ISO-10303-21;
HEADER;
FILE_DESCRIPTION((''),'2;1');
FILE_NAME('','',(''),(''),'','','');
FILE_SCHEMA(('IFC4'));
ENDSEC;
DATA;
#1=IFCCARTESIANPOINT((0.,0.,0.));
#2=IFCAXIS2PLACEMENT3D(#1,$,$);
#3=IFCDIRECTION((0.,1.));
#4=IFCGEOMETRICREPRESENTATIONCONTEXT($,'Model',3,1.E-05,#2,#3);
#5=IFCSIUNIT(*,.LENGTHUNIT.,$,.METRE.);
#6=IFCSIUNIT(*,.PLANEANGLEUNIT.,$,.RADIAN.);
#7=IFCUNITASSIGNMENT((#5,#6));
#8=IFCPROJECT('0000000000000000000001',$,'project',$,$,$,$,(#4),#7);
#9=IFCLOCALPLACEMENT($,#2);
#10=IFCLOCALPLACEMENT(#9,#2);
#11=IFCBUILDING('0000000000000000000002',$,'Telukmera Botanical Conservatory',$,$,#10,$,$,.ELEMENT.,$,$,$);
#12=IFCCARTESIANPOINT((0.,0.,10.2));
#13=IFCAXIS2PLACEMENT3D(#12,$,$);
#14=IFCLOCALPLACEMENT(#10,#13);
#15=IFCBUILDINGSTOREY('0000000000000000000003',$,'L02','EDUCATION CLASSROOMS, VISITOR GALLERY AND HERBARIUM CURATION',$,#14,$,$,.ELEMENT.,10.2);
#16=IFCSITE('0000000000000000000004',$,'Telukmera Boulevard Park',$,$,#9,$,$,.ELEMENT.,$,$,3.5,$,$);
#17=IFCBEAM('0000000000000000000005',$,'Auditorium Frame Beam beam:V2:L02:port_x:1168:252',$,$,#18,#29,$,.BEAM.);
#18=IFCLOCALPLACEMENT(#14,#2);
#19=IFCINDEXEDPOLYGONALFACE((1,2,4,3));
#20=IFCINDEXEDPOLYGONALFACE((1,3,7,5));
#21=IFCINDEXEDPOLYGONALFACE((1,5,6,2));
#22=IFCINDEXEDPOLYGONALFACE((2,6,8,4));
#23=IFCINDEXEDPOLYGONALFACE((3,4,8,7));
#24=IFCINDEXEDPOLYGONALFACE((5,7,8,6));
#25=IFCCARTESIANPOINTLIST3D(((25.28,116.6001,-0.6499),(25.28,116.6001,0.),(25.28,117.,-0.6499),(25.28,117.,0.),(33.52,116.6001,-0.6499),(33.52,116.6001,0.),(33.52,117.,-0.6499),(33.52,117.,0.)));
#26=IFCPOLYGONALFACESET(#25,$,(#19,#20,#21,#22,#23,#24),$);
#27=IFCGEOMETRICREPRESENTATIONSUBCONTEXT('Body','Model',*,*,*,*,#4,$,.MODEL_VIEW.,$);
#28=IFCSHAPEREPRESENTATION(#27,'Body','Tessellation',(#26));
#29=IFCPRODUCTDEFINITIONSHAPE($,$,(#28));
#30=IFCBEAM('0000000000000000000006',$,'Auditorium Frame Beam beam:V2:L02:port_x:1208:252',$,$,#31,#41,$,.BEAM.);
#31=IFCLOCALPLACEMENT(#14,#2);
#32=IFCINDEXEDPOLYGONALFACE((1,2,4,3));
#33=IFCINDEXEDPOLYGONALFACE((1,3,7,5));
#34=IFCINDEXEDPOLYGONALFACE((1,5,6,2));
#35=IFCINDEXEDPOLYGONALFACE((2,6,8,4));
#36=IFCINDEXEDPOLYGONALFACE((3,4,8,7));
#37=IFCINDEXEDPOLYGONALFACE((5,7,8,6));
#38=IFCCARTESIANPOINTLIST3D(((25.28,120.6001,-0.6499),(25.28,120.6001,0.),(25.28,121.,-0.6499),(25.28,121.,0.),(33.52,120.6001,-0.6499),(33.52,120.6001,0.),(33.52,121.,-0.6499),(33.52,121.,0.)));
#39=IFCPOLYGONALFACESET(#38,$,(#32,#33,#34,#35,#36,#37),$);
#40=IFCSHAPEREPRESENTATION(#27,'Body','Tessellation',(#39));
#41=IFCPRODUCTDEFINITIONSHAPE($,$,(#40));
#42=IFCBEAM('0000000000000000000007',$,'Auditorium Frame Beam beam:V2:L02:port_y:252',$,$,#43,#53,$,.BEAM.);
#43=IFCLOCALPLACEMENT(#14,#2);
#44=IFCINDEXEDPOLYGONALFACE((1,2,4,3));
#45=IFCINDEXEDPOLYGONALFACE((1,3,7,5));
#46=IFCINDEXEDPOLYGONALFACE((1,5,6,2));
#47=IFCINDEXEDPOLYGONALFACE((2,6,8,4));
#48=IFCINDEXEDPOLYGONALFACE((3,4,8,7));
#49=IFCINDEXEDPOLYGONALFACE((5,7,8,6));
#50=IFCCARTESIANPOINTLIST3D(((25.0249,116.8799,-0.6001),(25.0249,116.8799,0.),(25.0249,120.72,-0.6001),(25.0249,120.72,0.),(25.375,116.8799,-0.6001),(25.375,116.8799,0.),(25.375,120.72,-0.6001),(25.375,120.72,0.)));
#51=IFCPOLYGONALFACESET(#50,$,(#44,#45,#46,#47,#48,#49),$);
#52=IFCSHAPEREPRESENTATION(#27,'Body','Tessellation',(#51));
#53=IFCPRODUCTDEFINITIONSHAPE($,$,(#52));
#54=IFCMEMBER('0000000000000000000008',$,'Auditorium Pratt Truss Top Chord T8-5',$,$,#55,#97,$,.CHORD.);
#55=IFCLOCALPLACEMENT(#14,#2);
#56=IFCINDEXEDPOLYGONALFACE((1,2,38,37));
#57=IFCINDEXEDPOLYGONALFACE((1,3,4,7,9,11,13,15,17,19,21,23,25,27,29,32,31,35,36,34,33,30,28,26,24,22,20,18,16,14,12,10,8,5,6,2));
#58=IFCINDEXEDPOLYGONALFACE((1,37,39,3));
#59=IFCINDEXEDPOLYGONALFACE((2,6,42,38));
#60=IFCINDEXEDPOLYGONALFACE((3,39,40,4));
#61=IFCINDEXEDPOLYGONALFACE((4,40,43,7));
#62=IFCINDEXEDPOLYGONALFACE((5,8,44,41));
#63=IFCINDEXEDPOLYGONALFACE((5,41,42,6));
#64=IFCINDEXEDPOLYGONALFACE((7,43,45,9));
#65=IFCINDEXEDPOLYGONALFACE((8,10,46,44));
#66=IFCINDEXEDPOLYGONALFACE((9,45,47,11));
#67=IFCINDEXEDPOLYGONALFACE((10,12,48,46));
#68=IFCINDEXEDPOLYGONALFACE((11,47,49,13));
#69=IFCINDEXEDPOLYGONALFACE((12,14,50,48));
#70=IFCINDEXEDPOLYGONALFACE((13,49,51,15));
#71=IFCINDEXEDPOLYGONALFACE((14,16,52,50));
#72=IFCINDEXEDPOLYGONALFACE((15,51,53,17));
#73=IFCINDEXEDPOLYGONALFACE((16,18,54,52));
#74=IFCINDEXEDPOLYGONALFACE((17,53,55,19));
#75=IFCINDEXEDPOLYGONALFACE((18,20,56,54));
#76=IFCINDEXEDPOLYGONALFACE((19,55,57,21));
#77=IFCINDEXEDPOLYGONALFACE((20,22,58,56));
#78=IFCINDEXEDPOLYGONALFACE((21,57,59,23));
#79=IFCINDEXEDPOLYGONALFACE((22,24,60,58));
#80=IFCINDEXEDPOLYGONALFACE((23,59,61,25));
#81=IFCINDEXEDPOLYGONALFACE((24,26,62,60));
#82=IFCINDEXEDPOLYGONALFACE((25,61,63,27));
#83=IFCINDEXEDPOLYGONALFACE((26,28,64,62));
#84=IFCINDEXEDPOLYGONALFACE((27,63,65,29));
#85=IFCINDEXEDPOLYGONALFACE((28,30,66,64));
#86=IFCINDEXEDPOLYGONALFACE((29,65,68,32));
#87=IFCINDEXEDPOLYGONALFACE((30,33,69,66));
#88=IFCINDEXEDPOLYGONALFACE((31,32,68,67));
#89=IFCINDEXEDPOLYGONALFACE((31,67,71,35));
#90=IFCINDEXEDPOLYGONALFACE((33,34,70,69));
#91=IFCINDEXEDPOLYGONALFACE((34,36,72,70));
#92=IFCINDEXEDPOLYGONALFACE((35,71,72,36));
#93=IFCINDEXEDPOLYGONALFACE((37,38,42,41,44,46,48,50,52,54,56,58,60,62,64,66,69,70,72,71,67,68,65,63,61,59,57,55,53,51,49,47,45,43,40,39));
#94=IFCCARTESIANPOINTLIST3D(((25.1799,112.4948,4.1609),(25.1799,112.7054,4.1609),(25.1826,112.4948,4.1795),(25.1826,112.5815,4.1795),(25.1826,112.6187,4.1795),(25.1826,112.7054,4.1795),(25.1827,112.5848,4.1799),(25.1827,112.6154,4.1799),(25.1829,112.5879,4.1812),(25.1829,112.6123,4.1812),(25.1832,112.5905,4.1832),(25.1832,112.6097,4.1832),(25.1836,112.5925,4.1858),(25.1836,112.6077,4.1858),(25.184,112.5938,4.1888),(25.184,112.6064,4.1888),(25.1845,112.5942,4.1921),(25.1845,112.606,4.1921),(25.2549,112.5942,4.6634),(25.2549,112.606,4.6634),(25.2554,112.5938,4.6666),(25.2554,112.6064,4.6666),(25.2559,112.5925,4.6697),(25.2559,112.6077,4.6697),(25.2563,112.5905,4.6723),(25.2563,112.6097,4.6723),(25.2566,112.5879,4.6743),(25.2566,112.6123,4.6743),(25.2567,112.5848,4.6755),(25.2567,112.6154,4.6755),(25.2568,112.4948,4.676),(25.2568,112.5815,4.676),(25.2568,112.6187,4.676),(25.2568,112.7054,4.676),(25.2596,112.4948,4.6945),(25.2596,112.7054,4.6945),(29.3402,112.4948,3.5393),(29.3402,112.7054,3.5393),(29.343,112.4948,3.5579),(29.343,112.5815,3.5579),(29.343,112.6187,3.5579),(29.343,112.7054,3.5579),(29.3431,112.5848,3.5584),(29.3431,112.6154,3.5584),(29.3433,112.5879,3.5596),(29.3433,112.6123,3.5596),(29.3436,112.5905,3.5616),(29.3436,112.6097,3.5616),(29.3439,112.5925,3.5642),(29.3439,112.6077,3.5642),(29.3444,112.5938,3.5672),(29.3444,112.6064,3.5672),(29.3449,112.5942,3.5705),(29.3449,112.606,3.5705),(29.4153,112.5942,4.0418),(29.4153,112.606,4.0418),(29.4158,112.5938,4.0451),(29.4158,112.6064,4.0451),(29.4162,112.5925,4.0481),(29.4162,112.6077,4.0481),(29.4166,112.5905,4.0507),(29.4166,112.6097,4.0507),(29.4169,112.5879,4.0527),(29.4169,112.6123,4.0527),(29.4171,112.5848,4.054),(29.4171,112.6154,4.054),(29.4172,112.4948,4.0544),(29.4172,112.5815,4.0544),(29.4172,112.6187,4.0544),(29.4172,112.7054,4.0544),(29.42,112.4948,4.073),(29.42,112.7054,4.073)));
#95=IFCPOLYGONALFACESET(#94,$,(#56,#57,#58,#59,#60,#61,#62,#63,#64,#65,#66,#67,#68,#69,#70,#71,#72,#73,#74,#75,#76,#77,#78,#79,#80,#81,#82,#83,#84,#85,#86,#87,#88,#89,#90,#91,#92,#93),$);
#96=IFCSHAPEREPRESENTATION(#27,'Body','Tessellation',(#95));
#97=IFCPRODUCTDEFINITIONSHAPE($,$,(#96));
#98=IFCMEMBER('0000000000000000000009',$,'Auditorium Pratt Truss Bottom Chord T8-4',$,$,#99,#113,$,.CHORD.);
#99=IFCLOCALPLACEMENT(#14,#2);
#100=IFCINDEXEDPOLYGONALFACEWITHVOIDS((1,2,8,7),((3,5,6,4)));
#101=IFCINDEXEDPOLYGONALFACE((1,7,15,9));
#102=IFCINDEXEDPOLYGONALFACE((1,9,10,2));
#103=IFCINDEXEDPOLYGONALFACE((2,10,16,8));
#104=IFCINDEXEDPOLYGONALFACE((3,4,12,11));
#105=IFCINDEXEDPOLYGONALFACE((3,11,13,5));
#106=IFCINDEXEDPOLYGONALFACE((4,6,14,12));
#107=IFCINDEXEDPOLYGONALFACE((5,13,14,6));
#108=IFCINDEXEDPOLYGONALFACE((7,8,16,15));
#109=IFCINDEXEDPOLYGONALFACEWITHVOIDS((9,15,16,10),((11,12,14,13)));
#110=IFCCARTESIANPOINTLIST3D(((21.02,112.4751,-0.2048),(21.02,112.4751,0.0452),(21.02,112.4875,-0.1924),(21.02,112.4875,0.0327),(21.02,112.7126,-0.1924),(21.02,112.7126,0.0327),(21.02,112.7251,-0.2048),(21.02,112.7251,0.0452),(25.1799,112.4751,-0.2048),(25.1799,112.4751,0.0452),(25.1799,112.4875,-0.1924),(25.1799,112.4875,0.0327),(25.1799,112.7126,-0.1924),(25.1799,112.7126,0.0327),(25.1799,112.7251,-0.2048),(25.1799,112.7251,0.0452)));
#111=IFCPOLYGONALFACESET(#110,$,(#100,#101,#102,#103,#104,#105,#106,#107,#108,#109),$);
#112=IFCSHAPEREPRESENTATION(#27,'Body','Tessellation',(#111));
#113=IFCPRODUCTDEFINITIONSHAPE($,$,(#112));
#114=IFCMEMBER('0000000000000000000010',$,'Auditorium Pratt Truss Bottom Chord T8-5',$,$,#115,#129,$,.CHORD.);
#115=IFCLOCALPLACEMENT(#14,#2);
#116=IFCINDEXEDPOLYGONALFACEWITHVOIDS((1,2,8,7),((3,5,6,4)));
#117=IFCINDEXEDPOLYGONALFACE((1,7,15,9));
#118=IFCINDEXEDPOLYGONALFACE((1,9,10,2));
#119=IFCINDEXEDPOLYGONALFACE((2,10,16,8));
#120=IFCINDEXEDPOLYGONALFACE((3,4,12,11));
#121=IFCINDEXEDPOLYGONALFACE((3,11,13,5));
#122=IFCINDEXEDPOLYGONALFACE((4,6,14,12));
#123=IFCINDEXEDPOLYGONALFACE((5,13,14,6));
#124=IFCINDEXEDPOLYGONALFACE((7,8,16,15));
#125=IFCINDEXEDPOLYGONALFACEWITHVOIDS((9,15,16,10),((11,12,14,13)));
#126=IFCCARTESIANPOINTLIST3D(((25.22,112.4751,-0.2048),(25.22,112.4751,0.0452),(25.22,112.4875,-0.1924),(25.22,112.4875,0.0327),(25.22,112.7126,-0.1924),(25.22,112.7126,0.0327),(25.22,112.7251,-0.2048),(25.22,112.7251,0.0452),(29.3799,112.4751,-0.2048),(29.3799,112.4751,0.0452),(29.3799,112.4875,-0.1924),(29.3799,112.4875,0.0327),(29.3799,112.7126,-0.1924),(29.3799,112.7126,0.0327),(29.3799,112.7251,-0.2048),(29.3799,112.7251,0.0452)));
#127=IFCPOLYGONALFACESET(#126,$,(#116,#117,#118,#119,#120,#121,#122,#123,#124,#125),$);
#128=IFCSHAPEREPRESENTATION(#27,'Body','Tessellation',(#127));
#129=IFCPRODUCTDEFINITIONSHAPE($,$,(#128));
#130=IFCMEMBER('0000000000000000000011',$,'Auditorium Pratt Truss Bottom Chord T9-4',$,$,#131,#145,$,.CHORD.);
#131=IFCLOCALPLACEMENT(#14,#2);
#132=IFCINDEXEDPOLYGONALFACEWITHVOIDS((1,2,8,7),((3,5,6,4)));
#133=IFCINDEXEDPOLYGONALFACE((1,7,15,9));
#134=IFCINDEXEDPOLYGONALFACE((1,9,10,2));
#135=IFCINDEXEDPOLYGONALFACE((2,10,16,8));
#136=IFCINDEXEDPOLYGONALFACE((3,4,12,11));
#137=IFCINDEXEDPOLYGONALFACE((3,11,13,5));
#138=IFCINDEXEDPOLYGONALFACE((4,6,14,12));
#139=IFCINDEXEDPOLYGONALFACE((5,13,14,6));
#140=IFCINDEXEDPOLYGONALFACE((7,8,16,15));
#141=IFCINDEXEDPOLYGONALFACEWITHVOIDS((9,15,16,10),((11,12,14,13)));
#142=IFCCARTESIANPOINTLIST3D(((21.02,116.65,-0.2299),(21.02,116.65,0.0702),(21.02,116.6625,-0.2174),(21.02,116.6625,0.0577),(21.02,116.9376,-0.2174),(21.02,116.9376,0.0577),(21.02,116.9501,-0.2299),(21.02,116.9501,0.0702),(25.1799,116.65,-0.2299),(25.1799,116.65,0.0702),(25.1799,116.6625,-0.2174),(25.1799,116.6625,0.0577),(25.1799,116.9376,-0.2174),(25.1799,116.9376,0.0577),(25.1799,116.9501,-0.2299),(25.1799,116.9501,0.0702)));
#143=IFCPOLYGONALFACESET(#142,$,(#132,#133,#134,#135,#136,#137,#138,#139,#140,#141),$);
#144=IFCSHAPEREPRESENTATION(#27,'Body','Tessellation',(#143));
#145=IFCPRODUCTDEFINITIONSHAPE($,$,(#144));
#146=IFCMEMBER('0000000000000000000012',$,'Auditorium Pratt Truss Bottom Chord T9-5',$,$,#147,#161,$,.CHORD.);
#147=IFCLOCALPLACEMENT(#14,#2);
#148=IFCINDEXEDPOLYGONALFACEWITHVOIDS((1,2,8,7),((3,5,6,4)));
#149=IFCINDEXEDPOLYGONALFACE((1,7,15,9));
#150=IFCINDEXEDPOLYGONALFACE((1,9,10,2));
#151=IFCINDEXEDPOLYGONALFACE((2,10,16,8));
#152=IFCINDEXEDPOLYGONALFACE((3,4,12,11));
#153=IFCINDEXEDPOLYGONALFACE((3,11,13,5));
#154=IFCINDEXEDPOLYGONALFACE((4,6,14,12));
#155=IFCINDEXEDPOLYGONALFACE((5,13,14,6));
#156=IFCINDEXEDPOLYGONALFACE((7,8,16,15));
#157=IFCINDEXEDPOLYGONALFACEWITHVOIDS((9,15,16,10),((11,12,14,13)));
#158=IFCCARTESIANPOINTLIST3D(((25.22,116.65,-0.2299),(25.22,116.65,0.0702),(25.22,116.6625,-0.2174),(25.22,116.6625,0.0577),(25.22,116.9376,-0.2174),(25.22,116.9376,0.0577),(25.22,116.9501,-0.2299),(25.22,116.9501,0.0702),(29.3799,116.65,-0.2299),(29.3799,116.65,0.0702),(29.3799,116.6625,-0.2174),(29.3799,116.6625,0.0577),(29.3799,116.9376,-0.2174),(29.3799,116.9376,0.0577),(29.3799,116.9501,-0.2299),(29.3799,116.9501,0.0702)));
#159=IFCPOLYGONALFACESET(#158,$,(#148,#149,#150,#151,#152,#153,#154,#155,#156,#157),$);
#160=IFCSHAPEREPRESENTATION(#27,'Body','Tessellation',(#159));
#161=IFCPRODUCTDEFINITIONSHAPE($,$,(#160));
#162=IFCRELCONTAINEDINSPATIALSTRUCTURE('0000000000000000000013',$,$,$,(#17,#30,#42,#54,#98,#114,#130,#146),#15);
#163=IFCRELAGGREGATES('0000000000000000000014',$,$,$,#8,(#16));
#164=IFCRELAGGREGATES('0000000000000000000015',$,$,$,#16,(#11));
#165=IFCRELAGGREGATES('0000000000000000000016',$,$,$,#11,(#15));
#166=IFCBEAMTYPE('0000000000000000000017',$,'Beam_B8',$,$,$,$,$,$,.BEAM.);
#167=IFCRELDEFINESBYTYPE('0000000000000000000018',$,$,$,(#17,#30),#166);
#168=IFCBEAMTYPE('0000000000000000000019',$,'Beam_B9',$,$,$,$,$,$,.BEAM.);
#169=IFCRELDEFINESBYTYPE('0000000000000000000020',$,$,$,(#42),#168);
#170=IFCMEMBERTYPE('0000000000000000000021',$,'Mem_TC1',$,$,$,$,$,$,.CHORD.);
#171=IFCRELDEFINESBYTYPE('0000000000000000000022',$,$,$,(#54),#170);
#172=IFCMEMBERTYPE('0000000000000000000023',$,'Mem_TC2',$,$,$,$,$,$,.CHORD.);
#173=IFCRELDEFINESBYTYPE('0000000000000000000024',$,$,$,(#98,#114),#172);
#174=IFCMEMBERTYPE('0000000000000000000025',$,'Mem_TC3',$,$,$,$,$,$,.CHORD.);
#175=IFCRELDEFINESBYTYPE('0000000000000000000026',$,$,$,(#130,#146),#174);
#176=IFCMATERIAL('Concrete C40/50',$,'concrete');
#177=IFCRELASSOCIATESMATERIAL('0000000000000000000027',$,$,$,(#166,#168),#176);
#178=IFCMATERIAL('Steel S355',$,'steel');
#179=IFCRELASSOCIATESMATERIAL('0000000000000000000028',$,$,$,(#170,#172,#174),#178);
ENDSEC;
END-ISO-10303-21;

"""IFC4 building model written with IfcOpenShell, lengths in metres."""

from ifc_helpers import new_model, si_unit, direction, frame, origin, origin_2d, place, context, subcontext, project, spatial, rectangle, hollow_rectangle, i_section, extrude, material, material_profile, profile_set, type_object, element, save


model = new_model("IFC4")

# Units and contexts
model_context = context("Model", 3, precision=1e-05, world=origin(), true_north=direction((0.0, 1.0)))
body_context = subcontext(model_context, "Body", "Model", "MODEL_VIEW")
ifc_project = project(units=[si_unit("LENGTHUNIT", "METRE"), si_unit("PLANEANGLEUNIT", "RADIAN")], contexts=[model_context])

# Site, building, storey
site_placement = place(None, origin())
site = spatial("IfcSite", under=ifc_project, at=site_placement, Name="Telukmera Boulevard Park", CompositionType="ELEMENT", RefElevation=3.5)
building_placement = place(site_placement, origin())
building = spatial("IfcBuilding", under=site, at=building_placement, Name="Telukmera Botanical Conservatory", CompositionType="ELEMENT")
storey_placement = place(building_placement, frame((0.0, 0.0, 10.2)))
storey = spatial("IfcBuildingStorey", under=building, at=storey_placement, Name="L02", Description="EDUCATION CLASSROOMS, VISITOR GALLERY AND HERBARIUM CURATION", CompositionType="ELEMENT", Elevation=10.2)

# Beams
ifc_material_1 = material(Name="Concrete C40/50", Category="concrete")
ifc_material_profile_1 = material_profile(ifc_material_1, rectangle(XDim=0.3999, YDim=0.6499, at=origin_2d()), Name="RC 400x650")
ifc_profile_set_1 = profile_set([ifc_material_profile_1], Name="Concrete C40/50")
beam_type_1 = type_object("IfcBeamType", Name="Beam_B8", PredefinedType="BEAM", material=ifc_profile_set_1)
for number, where, z_axis, x_axis, name in (
    (1, (25.28, 116.8, -0.325), (1.0, 0.0, 0.0), (0.0, 1.0, 0.0), "Auditorium Frame Beam beam:V2:L02:port_x:1168:252"),
    (2, (25.28, 120.8, -0.325), (1.0, 0.0, 0.0), (0.0, 1.0, 0.0), "Auditorium Frame Beam beam:V2:L02:port_x:1208:252"),
):
    element("IfcBeam", number, at=place(storey_placement, frame(where, z_axis=z_axis, x_axis=x_axis)), inside=storey, type_object=beam_type_1, Name=name, PredefinedType="BEAM", context=body_context, shape_type="SweptSolid", body=[
        extrude(rectangle(XDim=0.3999, YDim=0.6499, at=origin_2d()), origin(), (0.0, 0.0, 1.0), 8.24),
    ])
ifc_material_profile_2 = material_profile(ifc_material_1, rectangle(XDim=0.3501, YDim=0.6001, at=origin_2d()), Name="RC 350x600")
ifc_profile_set_2 = profile_set([ifc_material_profile_2], Name="Concrete C40/50")
beam_type_2 = type_object("IfcBeamType", Name="Beam_B9", PredefinedType="BEAM", material=ifc_profile_set_2)
beam_placement = place(storey_placement, frame((25.2, 116.8799, -0.3), z_axis=(0.0, 1.0, 0.0), x_axis=(-1.0, 0.0, 0.0)))
element("IfcBeam", 3, at=beam_placement, inside=storey, type_object=beam_type_2, Name="Auditorium Frame Beam beam:V2:L02:port_y:252", PredefinedType="BEAM", context=body_context, shape_type="SweptSolid", body=[
    extrude(rectangle(XDim=0.3501, YDim=0.6001, at=origin_2d()), origin(), (0.0, 0.0, 1.0), 3.8401),
])

# Members
ifc_material_2 = material(Name="Steel S355", Category="steel")
ifc_material_profile_3 = material_profile(ifc_material_2, i_section(OverallWidth=0.2107, OverallDepth=0.5396, WebThickness=0.0117, FlangeThickness=0.0188, FilletRadius=0.0127, at=origin_2d()), Name="UB 533x210x109")
ifc_profile_set_3 = profile_set([ifc_material_profile_3], Name="Steel S355")
member_type_1 = type_object("IfcMemberType", Name="Mem_TC1", PredefinedType="CHORD", material=ifc_profile_set_3)
member_1_placement = place(storey_placement, frame((25.2197, 112.6001, 4.4277), z_axis=(0.989023, 0.0, -0.147764), x_axis=(0.0, 1.0, 0.0)))
element("IfcMember", 4, at=member_1_placement, inside=storey, type_object=member_type_1, Name="Auditorium Pratt Truss Top Chord T8-5", PredefinedType="CHORD", context=body_context, shape_type="SweptSolid", body=[
    extrude(i_section(OverallWidth=0.2107, OverallDepth=0.5396, WebThickness=0.0117, FlangeThickness=0.0188, FilletRadius=0.0127, at=origin_2d()), origin(), (0.0, 0.0, 1.0), 4.2065),
])
ifc_material_profile_4 = material_profile(ifc_material_2, hollow_rectangle(XDim=0.25, YDim=0.25, WallThickness=0.0125, at=origin_2d()), Name="SHS 250x250x12.5")
ifc_profile_set_4 = profile_set([ifc_material_profile_4], Name="Steel S355")
member_type_2 = type_object("IfcMemberType", Name="Mem_TC2", PredefinedType="CHORD", material=ifc_profile_set_4)
for number, where, z_axis, x_axis, name in (
    (5, (21.02, 112.6001, -0.0798), (1.0, 0.0, 0.0), (0.0, 1.0, 0.0), "Auditorium Pratt Truss Bottom Chord T8-4"),
    (6, (25.22, 112.6001, -0.0798), (1.0, 0.0, 0.0), (0.0, 1.0, 0.0), "Auditorium Pratt Truss Bottom Chord T8-5"),
):
    element("IfcMember", number, at=place(storey_placement, frame(where, z_axis=z_axis, x_axis=x_axis)), inside=storey, type_object=member_type_2, Name=name, PredefinedType="CHORD", context=body_context, shape_type="SweptSolid", body=[
        extrude(hollow_rectangle(XDim=0.25, YDim=0.25, WallThickness=0.0125, at=origin_2d()), origin(), (0.0, 0.0, 1.0), 4.1599),
    ])
ifc_material_profile_5 = material_profile(ifc_material_2, hollow_rectangle(XDim=0.3, YDim=0.3, WallThickness=0.0125, at=origin_2d()), Name="SHS 300x300x12.5")
ifc_profile_set_5 = profile_set([ifc_material_profile_5], Name="Steel S355")
member_type_3 = type_object("IfcMemberType", Name="Mem_TC3", PredefinedType="CHORD", material=ifc_profile_set_5)
for number, where, z_axis, x_axis, name in (
    (7, (21.02, 116.8, -0.0798), (1.0, 0.0, 0.0), (0.0, 1.0, 0.0), "Auditorium Pratt Truss Bottom Chord T9-4"),
    (8, (25.22, 116.8, -0.0798), (1.0, 0.0, 0.0), (0.0, 1.0, 0.0), "Auditorium Pratt Truss Bottom Chord T9-5"),
):
    element("IfcMember", number, at=place(storey_placement, frame(where, z_axis=z_axis, x_axis=x_axis)), inside=storey, type_object=member_type_3, Name=name, PredefinedType="CHORD", context=body_context, shape_type="SweptSolid", body=[
        extrude(hollow_rectangle(XDim=0.3, YDim=0.3, WallThickness=0.0125, at=origin_2d()), origin(), (0.0, 0.0, 1.0), 4.1599),
    ])

save(model, "model.ifc")
